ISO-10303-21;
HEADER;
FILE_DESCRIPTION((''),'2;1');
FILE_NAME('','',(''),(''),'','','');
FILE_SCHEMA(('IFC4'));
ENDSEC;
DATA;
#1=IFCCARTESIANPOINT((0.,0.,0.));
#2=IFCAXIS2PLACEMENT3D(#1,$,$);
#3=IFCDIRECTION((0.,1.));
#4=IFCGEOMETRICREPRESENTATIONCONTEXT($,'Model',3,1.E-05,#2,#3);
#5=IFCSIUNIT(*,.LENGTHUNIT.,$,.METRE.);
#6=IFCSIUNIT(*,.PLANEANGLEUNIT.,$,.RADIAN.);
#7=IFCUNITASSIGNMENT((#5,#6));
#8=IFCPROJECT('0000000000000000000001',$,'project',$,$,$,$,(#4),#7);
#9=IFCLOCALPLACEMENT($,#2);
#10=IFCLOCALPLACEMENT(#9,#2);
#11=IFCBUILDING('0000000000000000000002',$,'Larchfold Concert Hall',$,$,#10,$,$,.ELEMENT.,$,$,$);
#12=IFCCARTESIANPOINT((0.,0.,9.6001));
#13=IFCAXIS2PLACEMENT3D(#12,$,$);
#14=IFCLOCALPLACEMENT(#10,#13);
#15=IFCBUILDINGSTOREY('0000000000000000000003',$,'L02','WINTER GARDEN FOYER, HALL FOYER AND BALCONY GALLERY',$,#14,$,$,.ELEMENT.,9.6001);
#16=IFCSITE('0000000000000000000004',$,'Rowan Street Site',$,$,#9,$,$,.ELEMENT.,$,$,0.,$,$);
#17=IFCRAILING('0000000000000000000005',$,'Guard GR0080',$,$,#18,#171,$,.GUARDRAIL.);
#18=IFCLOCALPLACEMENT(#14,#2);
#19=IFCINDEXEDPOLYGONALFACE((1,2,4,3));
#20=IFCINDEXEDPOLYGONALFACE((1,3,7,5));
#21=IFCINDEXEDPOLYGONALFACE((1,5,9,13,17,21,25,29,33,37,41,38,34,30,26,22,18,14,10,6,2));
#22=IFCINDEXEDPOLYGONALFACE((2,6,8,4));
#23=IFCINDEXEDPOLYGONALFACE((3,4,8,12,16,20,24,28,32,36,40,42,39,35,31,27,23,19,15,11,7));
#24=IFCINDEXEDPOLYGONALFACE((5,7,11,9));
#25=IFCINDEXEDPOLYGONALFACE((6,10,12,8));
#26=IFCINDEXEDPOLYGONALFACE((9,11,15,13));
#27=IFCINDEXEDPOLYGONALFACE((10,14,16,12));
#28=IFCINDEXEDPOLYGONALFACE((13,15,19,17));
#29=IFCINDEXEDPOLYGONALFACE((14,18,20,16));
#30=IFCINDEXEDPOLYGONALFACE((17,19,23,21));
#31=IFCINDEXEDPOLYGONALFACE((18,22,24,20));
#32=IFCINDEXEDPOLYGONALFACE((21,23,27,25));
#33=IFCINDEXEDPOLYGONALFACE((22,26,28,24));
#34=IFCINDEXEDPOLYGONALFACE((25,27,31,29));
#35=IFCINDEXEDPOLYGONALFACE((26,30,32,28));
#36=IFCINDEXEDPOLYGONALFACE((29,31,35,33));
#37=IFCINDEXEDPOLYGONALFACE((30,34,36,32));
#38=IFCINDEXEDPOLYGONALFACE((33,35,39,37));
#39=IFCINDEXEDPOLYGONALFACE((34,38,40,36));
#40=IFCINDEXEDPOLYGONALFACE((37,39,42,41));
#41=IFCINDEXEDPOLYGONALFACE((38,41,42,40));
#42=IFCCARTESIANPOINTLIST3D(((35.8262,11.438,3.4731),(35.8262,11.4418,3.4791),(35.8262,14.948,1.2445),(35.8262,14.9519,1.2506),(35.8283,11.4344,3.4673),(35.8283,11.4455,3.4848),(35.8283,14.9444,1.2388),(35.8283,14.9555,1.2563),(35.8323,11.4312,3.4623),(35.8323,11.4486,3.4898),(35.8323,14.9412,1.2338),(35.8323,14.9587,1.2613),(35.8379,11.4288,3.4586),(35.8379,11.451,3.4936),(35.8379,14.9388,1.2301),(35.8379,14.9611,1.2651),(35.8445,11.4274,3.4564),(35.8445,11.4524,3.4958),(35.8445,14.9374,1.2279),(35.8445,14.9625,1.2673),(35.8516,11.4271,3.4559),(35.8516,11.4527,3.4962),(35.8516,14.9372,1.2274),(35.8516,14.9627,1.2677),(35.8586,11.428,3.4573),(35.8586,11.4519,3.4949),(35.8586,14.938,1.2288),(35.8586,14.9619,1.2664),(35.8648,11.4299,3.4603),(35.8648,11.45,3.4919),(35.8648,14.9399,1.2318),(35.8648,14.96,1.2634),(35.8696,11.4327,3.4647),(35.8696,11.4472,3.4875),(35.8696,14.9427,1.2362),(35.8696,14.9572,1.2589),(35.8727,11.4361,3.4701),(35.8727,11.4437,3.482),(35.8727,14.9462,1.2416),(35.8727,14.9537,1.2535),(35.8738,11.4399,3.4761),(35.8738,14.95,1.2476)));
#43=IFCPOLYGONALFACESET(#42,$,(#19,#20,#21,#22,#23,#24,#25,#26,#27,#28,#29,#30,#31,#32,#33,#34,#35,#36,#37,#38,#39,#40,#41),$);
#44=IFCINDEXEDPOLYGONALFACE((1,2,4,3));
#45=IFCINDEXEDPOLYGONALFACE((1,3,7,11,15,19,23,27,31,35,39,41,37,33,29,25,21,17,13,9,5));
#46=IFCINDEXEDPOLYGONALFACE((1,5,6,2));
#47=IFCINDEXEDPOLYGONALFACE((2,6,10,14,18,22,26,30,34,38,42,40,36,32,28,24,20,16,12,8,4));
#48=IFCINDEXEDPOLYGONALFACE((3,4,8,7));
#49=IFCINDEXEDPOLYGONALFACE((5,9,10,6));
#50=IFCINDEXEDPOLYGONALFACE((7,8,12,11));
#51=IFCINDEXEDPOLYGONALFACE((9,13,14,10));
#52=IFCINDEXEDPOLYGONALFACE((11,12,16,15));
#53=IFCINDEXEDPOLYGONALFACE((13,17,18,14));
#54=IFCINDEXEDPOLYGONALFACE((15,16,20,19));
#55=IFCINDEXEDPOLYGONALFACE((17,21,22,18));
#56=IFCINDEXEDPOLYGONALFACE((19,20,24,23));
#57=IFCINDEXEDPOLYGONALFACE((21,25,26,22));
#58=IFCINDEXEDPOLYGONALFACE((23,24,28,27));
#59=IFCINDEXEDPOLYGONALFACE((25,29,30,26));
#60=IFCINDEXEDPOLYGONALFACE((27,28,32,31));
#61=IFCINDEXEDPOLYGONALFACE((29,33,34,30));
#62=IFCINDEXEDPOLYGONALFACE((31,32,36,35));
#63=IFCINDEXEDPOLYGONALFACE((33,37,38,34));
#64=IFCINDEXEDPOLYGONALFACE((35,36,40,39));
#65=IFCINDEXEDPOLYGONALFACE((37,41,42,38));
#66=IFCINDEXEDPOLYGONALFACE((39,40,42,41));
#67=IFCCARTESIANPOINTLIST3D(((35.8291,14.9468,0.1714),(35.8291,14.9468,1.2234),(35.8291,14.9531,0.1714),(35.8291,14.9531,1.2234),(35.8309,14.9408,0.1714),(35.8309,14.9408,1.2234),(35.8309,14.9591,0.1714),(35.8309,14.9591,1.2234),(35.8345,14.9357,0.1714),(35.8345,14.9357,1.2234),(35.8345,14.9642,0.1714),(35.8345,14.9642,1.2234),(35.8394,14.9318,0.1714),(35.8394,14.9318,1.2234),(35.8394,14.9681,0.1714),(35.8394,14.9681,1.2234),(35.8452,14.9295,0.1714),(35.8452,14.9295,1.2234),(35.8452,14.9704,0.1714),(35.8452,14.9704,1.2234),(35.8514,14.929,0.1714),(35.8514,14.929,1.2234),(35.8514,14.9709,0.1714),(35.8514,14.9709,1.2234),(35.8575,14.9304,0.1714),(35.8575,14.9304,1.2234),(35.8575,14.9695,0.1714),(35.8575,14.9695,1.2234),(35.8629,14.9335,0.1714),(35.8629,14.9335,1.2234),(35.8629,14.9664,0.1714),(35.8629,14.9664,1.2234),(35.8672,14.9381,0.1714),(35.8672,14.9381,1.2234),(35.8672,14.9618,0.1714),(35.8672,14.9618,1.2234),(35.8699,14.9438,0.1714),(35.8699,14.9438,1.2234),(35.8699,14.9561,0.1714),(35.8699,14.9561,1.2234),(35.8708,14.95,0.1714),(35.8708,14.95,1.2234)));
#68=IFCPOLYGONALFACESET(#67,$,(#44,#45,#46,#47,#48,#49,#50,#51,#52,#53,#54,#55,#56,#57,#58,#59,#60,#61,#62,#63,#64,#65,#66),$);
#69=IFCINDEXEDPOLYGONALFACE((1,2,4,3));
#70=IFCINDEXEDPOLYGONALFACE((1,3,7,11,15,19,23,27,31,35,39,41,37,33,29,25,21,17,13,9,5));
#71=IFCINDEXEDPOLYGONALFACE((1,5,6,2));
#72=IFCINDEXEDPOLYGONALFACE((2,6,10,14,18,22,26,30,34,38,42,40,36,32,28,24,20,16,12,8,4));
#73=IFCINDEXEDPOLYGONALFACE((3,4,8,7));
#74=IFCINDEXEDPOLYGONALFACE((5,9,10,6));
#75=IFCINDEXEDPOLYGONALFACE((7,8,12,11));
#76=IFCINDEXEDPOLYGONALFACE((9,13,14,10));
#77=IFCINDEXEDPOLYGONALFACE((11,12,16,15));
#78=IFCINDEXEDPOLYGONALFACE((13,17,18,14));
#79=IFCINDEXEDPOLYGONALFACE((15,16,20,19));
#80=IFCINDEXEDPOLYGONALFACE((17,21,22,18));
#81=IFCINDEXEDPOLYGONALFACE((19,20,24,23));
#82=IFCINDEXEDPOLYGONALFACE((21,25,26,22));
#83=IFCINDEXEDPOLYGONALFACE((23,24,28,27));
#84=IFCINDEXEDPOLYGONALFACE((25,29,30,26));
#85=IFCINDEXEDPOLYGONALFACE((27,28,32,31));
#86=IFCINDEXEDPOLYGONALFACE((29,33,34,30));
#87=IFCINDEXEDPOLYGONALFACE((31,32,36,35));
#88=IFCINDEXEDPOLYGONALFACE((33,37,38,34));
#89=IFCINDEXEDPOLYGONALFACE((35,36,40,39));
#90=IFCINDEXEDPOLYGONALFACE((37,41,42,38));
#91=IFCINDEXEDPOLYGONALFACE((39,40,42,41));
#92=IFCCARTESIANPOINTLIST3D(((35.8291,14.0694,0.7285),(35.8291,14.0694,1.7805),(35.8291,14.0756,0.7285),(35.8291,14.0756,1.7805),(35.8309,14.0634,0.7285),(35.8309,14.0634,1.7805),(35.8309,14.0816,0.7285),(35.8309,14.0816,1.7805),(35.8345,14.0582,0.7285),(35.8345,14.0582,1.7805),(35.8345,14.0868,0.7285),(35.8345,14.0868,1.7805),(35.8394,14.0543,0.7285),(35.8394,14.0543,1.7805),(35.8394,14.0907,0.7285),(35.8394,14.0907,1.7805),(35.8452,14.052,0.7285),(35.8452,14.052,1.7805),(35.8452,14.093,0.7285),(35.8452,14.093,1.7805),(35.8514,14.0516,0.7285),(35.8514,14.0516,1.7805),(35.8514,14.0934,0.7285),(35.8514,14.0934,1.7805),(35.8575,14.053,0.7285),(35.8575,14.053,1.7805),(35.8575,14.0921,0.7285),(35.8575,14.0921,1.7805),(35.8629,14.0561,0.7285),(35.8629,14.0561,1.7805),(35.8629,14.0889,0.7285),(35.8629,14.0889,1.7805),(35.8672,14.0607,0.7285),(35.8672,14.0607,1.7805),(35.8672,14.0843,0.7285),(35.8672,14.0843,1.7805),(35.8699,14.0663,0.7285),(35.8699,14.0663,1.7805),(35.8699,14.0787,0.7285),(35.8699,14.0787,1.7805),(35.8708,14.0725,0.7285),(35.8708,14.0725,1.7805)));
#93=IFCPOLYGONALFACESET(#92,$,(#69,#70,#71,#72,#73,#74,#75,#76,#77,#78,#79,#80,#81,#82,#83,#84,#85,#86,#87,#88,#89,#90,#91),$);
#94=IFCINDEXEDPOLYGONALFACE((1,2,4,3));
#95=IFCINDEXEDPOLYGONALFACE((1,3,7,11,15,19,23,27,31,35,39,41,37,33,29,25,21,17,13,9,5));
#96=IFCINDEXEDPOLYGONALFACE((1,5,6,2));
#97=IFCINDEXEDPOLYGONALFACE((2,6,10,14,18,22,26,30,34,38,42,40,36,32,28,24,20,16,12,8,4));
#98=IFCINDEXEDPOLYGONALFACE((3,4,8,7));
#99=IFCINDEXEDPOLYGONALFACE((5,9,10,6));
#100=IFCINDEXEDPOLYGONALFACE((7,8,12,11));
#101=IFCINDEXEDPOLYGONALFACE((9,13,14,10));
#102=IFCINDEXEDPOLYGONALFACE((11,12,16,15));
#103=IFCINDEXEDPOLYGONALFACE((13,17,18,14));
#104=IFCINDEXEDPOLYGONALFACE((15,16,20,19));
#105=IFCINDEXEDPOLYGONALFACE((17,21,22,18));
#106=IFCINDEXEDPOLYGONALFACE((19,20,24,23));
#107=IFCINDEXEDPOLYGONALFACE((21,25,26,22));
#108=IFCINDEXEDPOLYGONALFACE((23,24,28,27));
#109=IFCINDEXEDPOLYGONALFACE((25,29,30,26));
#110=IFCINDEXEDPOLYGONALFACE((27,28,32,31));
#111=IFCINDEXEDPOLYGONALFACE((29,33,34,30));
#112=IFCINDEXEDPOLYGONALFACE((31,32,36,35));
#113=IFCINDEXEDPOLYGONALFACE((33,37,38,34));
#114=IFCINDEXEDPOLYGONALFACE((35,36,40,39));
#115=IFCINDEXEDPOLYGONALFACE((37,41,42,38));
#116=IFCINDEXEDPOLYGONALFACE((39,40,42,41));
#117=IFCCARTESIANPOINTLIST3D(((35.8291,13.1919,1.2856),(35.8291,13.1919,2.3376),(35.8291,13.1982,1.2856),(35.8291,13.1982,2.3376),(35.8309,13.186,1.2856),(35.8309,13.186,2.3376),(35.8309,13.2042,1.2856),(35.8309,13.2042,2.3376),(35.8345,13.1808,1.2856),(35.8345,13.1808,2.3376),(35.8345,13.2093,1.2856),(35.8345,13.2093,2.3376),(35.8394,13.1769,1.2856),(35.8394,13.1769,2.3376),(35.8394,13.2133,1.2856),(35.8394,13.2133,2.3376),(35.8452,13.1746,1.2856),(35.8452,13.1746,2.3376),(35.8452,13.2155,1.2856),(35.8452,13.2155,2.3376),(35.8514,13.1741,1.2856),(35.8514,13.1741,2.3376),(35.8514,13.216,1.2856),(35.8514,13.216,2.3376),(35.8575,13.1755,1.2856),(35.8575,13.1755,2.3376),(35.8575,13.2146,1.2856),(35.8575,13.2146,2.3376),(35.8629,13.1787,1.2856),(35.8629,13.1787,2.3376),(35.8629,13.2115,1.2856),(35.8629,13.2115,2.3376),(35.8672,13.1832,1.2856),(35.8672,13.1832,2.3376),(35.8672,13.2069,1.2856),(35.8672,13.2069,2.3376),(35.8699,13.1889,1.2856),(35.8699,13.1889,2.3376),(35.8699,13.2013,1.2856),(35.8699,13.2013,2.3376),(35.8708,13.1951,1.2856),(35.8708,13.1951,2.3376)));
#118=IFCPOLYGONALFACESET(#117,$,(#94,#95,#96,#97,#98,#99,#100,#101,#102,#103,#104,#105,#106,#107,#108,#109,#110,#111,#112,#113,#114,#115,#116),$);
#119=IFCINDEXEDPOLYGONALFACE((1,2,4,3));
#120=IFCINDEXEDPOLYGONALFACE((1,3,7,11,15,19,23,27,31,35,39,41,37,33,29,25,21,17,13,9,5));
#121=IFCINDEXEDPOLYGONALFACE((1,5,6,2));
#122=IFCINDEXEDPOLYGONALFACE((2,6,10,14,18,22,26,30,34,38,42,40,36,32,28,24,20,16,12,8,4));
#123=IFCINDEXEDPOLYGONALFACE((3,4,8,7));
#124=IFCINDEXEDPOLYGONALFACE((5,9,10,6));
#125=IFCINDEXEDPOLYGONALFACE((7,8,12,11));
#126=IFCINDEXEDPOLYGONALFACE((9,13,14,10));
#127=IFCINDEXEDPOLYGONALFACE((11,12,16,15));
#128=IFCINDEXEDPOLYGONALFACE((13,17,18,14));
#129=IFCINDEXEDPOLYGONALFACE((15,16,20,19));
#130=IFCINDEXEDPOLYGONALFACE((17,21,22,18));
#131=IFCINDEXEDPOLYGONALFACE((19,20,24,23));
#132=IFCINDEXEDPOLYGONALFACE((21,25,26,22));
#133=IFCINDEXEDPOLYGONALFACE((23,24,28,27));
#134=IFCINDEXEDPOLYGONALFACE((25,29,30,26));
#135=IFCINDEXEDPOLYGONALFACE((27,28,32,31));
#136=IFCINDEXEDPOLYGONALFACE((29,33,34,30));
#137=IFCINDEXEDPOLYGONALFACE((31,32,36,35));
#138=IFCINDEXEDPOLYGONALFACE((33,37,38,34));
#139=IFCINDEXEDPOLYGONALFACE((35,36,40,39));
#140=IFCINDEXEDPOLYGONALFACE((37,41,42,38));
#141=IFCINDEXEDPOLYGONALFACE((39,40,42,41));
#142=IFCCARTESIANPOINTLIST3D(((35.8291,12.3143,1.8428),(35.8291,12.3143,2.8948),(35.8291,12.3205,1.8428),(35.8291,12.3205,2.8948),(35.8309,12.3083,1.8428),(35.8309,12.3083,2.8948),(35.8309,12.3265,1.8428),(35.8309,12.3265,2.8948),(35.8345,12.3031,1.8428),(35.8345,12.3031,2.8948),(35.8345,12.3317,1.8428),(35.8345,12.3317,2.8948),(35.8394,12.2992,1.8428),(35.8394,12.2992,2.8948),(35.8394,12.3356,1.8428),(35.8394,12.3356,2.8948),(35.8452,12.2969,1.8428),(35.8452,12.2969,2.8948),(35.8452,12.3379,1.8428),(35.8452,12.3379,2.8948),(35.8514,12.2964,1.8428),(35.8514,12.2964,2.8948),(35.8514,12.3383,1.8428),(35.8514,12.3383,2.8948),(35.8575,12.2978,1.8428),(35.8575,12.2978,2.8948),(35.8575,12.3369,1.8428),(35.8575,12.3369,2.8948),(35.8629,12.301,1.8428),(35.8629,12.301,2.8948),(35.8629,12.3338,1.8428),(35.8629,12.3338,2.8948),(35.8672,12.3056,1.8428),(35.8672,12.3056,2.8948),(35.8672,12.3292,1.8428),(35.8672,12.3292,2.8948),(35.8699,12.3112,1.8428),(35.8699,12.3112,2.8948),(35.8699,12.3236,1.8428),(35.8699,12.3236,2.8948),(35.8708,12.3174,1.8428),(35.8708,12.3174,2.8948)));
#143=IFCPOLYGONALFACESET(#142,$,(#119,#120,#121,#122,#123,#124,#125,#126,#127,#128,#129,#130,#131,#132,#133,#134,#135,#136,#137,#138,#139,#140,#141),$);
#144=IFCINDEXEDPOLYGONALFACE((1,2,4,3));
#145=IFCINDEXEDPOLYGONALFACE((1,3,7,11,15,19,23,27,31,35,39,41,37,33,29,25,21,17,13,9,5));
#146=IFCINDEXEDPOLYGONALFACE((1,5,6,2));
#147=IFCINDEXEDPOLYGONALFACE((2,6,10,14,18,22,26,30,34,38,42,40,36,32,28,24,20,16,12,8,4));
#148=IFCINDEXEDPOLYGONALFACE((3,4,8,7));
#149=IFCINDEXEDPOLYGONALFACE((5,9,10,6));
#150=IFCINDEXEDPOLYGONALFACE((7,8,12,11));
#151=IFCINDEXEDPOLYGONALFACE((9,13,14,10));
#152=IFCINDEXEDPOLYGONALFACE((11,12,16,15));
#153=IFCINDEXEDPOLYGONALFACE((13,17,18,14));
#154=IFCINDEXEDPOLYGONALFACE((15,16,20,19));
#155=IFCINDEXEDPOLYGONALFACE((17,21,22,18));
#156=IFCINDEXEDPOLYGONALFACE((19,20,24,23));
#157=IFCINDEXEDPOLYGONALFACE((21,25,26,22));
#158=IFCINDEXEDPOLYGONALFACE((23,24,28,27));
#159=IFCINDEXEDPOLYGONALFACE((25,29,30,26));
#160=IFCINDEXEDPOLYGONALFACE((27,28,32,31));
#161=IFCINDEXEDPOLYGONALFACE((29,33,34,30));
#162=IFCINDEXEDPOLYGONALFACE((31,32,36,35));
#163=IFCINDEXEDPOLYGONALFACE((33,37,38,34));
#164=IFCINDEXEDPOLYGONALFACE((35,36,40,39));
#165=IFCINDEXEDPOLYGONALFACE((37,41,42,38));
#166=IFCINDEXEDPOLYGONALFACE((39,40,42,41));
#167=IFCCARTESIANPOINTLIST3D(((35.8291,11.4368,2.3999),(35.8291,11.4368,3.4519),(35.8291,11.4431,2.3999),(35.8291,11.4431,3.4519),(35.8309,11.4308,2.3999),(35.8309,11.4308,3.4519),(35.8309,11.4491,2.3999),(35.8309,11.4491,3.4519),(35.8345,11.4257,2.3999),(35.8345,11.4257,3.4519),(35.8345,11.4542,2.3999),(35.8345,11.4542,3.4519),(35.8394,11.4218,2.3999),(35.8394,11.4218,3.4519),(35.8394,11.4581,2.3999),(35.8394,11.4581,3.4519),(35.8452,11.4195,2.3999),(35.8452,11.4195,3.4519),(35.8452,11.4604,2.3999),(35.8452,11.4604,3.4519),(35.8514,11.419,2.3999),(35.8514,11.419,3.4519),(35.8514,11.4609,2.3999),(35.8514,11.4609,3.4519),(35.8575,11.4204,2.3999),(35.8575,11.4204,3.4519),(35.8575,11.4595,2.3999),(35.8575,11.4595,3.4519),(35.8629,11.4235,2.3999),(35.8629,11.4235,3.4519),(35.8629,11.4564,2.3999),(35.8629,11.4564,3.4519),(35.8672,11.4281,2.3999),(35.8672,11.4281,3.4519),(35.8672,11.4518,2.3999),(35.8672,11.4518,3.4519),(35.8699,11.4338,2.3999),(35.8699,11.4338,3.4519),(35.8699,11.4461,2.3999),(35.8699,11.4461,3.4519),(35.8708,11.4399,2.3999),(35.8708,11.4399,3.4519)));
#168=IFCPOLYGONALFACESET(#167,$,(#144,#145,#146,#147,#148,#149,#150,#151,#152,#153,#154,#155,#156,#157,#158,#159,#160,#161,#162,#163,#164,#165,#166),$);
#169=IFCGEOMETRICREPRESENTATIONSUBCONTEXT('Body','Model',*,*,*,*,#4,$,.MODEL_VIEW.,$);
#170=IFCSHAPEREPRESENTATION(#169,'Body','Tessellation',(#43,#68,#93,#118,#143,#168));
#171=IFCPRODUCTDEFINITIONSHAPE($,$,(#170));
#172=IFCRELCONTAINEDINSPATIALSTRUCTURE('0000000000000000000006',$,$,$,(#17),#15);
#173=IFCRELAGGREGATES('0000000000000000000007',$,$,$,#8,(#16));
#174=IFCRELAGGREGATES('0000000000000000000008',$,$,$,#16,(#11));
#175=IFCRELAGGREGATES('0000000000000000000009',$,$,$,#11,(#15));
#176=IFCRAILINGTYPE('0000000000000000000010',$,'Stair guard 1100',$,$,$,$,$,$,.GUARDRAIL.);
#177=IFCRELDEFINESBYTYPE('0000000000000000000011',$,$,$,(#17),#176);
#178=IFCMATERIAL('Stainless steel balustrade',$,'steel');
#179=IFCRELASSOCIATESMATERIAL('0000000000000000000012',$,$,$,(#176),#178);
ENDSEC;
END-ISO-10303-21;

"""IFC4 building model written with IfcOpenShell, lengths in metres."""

from ifc_helpers import new_model, si_unit, direction, frame, origin, origin_2d, place, context, subcontext, project, spatial, circle, extrude, material, type_object, element, save


model = new_model("IFC4")

# Units and contexts
model_context = context("Model", 3, precision=1e-05, world=origin(), true_north=direction((0.0, 1.0)))
body_context = subcontext(model_context, "Body", "Model", "MODEL_VIEW")
ifc_project = project(units=[si_unit("LENGTHUNIT", "METRE"), si_unit("PLANEANGLEUNIT", "RADIAN")], contexts=[model_context])

# Site, building, storey
site_placement = place(None, origin())
site = spatial("IfcSite", under=ifc_project, at=site_placement, Name="Rowan Street Site", CompositionType="ELEMENT", RefElevation=0.0)
building_placement = place(site_placement, origin())
building = spatial("IfcBuilding", under=site, at=building_placement, Name="Larchfold Concert Hall", CompositionType="ELEMENT")
storey_placement = place(building_placement, frame((0.0, 0.0, 9.6001)))
storey = spatial("IfcBuildingStorey", under=building, at=storey_placement, Name="L02", Description="WINTER GARDEN FOYER, HALL FOYER AND BALCONY GALLERY", CompositionType="ELEMENT", Elevation=9.6001)

# Railing
ifc_material_1 = material(Name="Stainless steel balustrade", Category="steel")
railing_type_1 = type_object("IfcRailingType", Name="Stair guard 1100", PredefinedType="GUARDRAIL", material=ifc_material_1)
railing_1_placement = place(storey_placement, frame((35.8499, 14.95, 0.1714)))
element("IfcRailing", 1, at=railing_1_placement, inside=storey, type_object=railing_type_1, Name="Guard GR0080", PredefinedType="GUARDRAIL", context=body_context, shape_type="SweptSolid", body=[
    extrude(circle(Radius=0.0239, at=origin_2d()), frame((0.0, 0.0, 1.0762), z_axis=(0.0, -0.84422, 0.535998), x_axis=(1.0, 0.0, 0.0)), (0.0, 0.0, 1.0), 4.1577),
    extrude(circle(Radius=0.021, at=origin_2d()), origin(), (0.0, 0.0, 1.0), 1.052),
    extrude(circle(Radius=0.021, at=origin_2d()), frame((0.0, -0.8774, 0.5571)), (0.0, 0.0, 1.0), 1.052),
    extrude(circle(Radius=0.021, at=origin_2d()), frame((0.0, -1.7549, 1.1143)), (0.0, 0.0, 1.0), 1.052),
    extrude(circle(Radius=0.021, at=origin_2d()), frame((0.0, -2.6326, 1.6714)), (0.0, 0.0, 1.0), 1.052),
    extrude(circle(Radius=0.021, at=origin_2d()), frame((0.0, -3.51, 2.2285)), (0.0, 0.0, 1.0), 1.052),
])

save(model, "model.ifc")
